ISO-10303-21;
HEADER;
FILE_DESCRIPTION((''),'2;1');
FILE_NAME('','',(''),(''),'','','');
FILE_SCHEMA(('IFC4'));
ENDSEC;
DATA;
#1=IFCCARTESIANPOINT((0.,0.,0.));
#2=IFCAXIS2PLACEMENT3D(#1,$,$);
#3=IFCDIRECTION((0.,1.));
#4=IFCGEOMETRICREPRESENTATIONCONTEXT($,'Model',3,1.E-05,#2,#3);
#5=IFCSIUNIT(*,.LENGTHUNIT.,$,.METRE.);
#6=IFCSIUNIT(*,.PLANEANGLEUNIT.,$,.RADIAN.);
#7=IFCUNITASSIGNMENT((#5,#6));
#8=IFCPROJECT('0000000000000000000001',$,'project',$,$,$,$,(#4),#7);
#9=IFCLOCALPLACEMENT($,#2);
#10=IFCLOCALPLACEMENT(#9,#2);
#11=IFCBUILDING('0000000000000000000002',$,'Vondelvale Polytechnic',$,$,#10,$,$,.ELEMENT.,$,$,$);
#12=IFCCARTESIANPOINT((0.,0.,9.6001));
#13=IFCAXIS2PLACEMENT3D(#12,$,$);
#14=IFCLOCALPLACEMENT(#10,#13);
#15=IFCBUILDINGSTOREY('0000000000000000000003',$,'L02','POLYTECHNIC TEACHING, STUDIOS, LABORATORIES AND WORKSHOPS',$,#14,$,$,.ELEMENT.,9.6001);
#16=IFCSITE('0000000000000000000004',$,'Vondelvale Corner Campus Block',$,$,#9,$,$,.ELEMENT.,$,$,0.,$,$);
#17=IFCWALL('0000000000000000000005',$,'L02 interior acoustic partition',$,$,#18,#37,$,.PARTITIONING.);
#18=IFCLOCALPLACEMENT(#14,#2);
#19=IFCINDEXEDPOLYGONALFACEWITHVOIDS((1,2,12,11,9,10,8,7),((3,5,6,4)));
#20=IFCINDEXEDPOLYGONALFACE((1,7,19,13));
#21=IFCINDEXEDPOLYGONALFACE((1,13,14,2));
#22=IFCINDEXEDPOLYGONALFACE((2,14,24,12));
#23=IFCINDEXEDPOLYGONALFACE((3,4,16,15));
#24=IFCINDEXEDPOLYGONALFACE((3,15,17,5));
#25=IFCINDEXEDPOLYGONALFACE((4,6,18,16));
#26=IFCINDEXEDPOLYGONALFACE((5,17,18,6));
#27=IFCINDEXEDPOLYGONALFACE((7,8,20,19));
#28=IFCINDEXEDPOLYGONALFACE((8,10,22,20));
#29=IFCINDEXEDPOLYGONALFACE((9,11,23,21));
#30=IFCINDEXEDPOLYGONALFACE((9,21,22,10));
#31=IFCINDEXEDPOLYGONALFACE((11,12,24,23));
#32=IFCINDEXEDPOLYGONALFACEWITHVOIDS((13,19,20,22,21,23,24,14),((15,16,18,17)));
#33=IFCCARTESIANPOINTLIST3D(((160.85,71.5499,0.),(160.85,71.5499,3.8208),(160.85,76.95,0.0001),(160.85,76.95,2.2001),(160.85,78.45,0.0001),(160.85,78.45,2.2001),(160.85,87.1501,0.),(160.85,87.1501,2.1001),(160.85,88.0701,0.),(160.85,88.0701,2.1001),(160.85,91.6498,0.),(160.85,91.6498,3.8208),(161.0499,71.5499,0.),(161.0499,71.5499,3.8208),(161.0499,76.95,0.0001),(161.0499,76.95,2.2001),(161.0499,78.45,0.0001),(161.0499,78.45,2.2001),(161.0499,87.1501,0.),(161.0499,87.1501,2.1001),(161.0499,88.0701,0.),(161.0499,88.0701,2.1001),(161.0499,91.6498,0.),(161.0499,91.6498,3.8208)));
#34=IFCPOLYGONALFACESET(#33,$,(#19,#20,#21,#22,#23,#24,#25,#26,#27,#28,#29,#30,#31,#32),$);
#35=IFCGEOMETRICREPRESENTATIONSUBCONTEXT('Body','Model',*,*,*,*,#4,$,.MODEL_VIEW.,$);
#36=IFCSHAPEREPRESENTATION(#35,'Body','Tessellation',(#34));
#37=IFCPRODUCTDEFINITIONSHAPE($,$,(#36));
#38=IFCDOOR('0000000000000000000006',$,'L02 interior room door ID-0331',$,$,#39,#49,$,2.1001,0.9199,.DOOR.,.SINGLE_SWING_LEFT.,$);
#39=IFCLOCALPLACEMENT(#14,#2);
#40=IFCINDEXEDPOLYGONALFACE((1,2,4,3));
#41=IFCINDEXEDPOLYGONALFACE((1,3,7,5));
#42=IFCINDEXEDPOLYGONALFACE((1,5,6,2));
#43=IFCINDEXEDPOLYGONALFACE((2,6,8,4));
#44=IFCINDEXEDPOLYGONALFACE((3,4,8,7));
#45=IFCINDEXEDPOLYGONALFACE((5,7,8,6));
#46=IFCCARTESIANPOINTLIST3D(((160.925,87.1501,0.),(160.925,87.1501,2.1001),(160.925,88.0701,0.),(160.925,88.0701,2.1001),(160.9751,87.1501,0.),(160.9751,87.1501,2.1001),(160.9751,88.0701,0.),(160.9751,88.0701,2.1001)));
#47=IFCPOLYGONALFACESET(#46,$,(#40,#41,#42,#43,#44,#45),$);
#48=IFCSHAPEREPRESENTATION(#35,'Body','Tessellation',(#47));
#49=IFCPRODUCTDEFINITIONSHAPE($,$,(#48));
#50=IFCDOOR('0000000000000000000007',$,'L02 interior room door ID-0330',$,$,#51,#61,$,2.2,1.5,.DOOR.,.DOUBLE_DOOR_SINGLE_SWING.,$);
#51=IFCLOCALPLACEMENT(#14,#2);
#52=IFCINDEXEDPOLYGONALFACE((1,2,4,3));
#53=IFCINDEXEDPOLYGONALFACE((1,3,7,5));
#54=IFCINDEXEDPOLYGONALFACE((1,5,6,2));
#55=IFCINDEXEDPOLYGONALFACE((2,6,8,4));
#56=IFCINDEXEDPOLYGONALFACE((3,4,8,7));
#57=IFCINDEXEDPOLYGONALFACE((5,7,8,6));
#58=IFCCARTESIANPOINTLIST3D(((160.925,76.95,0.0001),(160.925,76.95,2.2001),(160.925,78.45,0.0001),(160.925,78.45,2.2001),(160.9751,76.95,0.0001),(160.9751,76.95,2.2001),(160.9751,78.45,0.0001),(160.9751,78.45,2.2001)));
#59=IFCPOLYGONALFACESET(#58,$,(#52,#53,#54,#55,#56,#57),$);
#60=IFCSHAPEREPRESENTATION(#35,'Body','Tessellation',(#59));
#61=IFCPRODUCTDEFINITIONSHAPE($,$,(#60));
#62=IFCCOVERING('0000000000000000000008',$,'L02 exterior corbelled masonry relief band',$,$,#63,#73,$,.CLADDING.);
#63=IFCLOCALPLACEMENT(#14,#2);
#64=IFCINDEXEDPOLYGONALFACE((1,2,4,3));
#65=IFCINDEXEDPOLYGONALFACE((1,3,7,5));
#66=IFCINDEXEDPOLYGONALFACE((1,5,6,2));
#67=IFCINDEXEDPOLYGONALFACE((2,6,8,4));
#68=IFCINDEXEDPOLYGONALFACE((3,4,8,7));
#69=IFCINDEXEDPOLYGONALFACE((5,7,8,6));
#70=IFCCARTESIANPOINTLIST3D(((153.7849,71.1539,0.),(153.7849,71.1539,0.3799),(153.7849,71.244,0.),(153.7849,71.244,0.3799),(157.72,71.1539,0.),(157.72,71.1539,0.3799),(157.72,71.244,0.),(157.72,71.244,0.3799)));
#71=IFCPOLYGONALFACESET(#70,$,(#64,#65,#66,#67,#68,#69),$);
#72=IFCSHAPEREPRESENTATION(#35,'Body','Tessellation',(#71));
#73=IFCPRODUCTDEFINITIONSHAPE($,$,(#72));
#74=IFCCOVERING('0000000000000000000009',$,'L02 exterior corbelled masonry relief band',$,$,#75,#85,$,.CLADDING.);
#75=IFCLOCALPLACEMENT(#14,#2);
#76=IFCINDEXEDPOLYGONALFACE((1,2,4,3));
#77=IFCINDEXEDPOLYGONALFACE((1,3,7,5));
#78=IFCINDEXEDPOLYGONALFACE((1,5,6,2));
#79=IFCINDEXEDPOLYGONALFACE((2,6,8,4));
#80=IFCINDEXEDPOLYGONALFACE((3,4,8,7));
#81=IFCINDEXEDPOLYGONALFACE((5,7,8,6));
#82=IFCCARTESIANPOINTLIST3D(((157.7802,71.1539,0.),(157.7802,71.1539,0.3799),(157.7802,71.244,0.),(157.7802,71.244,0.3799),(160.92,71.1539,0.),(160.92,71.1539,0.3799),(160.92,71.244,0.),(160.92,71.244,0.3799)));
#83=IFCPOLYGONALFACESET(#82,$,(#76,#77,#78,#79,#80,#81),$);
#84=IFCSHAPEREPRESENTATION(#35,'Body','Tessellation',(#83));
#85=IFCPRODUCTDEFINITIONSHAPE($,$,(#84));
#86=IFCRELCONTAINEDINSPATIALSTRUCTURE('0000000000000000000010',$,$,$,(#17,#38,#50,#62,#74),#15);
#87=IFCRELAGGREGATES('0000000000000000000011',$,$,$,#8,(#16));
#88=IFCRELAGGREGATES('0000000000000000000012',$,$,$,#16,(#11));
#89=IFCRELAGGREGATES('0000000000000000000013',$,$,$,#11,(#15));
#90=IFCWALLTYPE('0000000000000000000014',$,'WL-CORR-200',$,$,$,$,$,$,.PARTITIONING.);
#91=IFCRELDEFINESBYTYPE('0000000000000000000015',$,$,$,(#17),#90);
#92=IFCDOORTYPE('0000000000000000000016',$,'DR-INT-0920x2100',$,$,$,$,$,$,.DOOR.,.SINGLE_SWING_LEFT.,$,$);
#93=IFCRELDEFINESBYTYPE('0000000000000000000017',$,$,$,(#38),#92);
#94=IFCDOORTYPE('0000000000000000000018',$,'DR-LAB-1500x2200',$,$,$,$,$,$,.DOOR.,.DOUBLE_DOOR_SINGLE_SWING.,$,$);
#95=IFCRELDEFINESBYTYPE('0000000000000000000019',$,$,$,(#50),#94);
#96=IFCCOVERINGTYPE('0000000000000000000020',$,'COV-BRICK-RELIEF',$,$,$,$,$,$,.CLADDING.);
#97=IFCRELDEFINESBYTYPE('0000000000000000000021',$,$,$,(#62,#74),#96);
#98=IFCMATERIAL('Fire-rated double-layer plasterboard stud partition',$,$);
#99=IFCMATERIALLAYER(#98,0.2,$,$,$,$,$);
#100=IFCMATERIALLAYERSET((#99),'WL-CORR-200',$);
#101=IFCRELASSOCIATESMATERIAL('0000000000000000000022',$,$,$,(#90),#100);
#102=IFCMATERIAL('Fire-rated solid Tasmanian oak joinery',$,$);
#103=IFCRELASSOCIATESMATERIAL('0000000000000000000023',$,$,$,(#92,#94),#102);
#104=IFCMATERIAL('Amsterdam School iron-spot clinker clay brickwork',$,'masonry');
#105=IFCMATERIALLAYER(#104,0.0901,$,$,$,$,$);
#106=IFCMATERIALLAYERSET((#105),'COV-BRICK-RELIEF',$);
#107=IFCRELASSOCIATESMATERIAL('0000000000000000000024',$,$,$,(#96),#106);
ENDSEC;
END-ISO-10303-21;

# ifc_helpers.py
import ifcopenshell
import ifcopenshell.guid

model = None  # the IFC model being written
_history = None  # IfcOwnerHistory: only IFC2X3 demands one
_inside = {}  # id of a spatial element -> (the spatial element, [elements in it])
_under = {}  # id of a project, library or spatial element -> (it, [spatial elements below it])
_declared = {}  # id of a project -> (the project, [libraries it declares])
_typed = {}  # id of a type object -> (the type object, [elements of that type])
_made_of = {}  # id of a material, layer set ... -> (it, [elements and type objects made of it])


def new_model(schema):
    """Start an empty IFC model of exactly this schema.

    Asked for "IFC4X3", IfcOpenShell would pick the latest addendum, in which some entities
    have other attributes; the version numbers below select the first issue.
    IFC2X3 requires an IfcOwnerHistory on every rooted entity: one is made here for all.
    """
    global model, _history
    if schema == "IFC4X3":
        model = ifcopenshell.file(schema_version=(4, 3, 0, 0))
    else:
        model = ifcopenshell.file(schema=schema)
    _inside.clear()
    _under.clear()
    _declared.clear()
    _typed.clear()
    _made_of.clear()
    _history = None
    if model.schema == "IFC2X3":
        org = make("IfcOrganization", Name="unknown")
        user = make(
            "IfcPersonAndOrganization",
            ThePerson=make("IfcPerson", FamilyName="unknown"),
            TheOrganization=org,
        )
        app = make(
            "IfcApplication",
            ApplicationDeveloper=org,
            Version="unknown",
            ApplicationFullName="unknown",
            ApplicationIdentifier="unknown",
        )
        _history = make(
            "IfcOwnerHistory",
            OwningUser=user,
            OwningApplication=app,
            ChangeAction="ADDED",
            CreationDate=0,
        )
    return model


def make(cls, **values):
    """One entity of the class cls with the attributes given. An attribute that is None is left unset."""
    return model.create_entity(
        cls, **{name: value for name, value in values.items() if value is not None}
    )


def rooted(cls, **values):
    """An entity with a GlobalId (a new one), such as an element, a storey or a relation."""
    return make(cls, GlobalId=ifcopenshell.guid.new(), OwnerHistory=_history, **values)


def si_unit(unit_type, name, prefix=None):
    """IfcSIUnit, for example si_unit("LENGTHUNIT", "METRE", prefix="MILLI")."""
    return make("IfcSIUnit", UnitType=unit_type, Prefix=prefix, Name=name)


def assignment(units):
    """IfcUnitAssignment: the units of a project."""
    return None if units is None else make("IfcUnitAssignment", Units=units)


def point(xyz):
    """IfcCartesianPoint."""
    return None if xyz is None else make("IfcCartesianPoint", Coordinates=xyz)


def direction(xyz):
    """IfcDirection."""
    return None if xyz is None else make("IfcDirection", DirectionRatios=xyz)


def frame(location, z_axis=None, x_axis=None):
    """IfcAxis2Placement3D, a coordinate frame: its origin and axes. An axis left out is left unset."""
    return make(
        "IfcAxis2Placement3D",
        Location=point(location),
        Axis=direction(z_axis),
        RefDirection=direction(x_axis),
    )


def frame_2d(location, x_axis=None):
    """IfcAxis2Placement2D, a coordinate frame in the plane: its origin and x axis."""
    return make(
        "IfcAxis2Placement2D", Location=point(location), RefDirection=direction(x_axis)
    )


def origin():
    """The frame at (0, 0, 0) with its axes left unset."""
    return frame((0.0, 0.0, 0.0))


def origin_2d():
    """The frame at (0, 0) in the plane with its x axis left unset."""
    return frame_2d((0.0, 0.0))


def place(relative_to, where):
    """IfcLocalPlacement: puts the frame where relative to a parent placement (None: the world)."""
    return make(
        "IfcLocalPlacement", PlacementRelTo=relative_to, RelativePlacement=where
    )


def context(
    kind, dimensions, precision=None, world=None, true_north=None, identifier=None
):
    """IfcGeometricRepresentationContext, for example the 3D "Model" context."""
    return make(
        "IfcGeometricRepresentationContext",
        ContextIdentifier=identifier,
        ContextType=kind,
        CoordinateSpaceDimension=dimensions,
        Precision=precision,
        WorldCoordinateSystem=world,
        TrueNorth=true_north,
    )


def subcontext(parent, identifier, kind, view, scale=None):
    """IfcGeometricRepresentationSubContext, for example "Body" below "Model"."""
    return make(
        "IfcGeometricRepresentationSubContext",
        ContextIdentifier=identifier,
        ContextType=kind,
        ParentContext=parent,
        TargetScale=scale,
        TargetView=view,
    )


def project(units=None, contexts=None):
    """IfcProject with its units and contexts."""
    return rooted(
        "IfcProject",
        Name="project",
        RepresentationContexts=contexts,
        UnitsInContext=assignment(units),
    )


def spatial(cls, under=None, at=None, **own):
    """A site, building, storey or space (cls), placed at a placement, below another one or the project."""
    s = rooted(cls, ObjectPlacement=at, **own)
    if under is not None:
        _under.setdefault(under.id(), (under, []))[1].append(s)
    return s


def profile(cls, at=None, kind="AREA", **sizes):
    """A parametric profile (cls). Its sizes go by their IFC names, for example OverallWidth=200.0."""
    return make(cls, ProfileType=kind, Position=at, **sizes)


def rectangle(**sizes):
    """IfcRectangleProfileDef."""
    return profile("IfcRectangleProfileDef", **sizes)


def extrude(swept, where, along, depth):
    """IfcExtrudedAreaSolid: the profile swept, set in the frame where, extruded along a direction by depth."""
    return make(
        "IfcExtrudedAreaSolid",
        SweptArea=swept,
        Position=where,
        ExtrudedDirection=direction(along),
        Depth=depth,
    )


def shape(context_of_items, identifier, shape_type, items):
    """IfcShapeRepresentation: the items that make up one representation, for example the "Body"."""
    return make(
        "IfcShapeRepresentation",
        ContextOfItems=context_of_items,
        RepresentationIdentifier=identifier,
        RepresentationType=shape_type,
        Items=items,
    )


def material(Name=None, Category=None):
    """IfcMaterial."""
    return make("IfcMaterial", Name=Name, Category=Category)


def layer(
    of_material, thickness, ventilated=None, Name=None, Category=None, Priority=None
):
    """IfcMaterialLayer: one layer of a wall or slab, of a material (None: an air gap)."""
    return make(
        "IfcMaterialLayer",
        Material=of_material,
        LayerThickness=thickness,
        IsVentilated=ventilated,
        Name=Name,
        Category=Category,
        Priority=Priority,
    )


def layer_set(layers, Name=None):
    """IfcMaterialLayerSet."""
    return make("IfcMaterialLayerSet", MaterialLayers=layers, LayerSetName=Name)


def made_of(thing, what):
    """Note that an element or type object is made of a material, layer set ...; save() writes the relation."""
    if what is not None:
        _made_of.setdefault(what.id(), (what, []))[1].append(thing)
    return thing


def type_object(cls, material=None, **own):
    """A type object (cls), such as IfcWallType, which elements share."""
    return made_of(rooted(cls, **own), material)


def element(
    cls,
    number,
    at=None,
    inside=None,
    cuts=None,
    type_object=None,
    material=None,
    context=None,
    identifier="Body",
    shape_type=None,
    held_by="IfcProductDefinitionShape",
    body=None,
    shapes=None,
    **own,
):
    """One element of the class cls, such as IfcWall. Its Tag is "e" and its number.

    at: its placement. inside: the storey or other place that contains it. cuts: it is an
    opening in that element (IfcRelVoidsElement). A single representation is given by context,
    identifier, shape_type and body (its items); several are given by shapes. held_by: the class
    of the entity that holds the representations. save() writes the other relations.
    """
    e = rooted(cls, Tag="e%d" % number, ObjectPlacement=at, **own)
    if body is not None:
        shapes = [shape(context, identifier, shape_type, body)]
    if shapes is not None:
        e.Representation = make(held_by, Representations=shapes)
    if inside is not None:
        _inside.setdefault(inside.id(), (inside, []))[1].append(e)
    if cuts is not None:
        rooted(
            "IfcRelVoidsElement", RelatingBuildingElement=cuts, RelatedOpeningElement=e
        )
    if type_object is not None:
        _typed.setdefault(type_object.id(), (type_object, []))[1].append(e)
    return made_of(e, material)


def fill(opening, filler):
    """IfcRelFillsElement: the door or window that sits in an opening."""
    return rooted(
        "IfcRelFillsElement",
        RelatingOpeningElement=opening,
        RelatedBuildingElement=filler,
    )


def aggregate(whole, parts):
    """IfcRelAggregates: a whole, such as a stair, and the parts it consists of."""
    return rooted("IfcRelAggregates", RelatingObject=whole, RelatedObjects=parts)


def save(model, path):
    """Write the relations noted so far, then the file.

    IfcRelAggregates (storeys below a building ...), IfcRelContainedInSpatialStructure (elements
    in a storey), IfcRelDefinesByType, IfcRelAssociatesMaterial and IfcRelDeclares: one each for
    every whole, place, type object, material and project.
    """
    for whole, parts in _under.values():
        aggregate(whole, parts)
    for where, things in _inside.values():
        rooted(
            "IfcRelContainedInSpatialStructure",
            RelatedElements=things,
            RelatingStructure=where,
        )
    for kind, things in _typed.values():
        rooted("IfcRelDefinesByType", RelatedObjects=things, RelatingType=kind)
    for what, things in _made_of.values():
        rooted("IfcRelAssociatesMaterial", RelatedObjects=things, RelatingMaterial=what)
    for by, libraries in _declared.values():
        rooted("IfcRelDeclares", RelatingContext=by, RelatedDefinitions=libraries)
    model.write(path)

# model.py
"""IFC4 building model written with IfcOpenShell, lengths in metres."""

from ifc_helpers import new_model, si_unit, direction, frame, frame_2d, origin, origin_2d, place, context, subcontext, project, spatial, rectangle, extrude, material, layer, layer_set, type_object, element, fill, save


model = new_model("IFC4")

# Units and contexts
model_context = context("Model", 3, precision=1e-05, world=origin(), true_north=direction((0.0, 1.0)))
body_context = subcontext(model_context, "Body", "Model", "MODEL_VIEW")
ifc_project = project(units=[si_unit("LENGTHUNIT", "METRE"), si_unit("PLANEANGLEUNIT", "RADIAN")], contexts=[model_context])

# Site, building, storey
site_placement = place(None, origin())
site = spatial("IfcSite", under=ifc_project, at=site_placement, Name="Vondelvale Corner Campus Block", CompositionType="ELEMENT", RefElevation=0.0)
building_placement = place(site_placement, origin())
building = spatial("IfcBuilding", under=site, at=building_placement, Name="Vondelvale Polytechnic", CompositionType="ELEMENT")
storey_placement = place(building_placement, frame((0.0, 0.0, 9.6001)))
storey = spatial("IfcBuildingStorey", under=building, at=storey_placement, Name="L02", Description="POLYTECHNIC TEACHING, STUDIOS, LABORATORIES AND WORKSHOPS", CompositionType="ELEMENT", Elevation=9.6001)

# Shared definitions
ifc_material_1 = material(Name="Amsterdam School iron-spot clinker clay brickwork", Category="masonry")

# Wall, openings, doors
ifc_material_2 = material(Name="Fire-rated double-layer plasterboard stud partition")
ifc_layer_1 = layer(ifc_material_2, 0.2)
ifc_layer_set_1 = layer_set([ifc_layer_1], Name="WL-CORR-200")
wall_type_1 = type_object("IfcWallType", Name="WL-CORR-200", PredefinedType="PARTITIONING", material=ifc_layer_set_1)
wall_1_placement = place(storey_placement, frame((160.95, 71.55, 0.0), z_axis=(0.0, 0.0, 1.0), x_axis=(0.0, 1.0, 0.0)))
wall_1 = element("IfcWall", 1, at=wall_1_placement, inside=storey, type_object=wall_type_1, Name="L02 interior acoustic partition", PredefinedType="PARTITIONING", context=body_context, shape_type="SweptSolid", body=[
    extrude(rectangle(XDim=20.0999, YDim=0.2, at=frame_2d((10.0498, 0.0))), origin(), (0.0, 0.0, 1.0), 3.8208),
])
opening_1_placement = place(wall_1_placement, frame((5.3999, 0.0, 0.0)))
opening_1 = element("IfcOpeningElement", 2, at=opening_1_placement, cuts=wall_1, PredefinedType="OPENING", context=body_context, shape_type="SweptSolid", body=[
    extrude(rectangle(XDim=1.5, YDim=2.2, at=frame_2d((0.75, 1.1001))), frame((0.0, 0.1099, 0.0), z_axis=(0.0, -1.0, 0.0), x_axis=(1.0, 0.0, 0.0)), (0.0, 0.0, 1.0), 0.22),
])
opening_2_placement = place(wall_1_placement, frame((15.6001, 0.0, 0.0)))
opening_2 = element("IfcOpeningElement", 3, at=opening_2_placement, cuts=wall_1, PredefinedType="OPENING", context=body_context, shape_type="SweptSolid", body=[
    extrude(rectangle(XDim=0.9199, YDim=2.1001, at=frame_2d((0.46, 1.05))), frame((0.0, 0.1099, 0.0), z_axis=(0.0, -1.0, 0.0), x_axis=(1.0, 0.0, 0.0)), (0.0, 0.0, 1.0), 0.22),
])
ifc_material_3 = material(Name="Fire-rated solid Tasmanian oak joinery")
door_type_1 = type_object("IfcDoorType", Name="DR-INT-0920x2100", OperationType="SINGLE_SWING_LEFT", PredefinedType="DOOR", material=ifc_material_3)
door_1_placement = place(opening_2_placement, origin())
door_1 = element("IfcDoor", 4, at=door_1_placement, inside=storey, type_object=door_type_1, Name="L02 interior room door ID-0331", OperationType="SINGLE_SWING_LEFT", OverallHeight=2.1001, OverallWidth=0.9199, PredefinedType="DOOR", context=body_context, shape_type="SweptSolid", body=[
    extrude(rectangle(XDim=0.9199, YDim=2.1001, at=frame_2d((0.46, 1.05))), frame((0.0, 0.0249, 0.0), z_axis=(0.0, -1.0, 0.0), x_axis=(1.0, 0.0, 0.0)), (0.0, 0.0, 1.0), 0.05),
])
fill(opening_2, door_1)
door_type_2 = type_object("IfcDoorType", Name="DR-LAB-1500x2200", OperationType="DOUBLE_DOOR_SINGLE_SWING", PredefinedType="DOOR", material=ifc_material_3)
door_2_placement = place(opening_1_placement, origin())
door_2 = element("IfcDoor", 5, at=door_2_placement, inside=storey, type_object=door_type_2, Name="L02 interior room door ID-0330", OperationType="DOUBLE_DOOR_SINGLE_SWING", OverallHeight=2.2, OverallWidth=1.5, PredefinedType="DOOR", context=body_context, shape_type="SweptSolid", body=[
    extrude(rectangle(XDim=1.5, YDim=2.2, at=frame_2d((0.75, 1.1001))), frame((0.0, 0.0249, 0.0), z_axis=(0.0, -1.0, 0.0), x_axis=(1.0, 0.0, 0.0)), (0.0, 0.0, 1.0), 0.05),
])
fill(opening_1, door_2)

# Coverings
ifc_layer_2 = layer(ifc_material_1, 0.0901)
ifc_layer_set_2 = layer_set([ifc_layer_2], Name="COV-BRICK-RELIEF")
covering_type = type_object("IfcCoveringType", Name="COV-BRICK-RELIEF", PredefinedType="CLADDING", material=ifc_layer_set_2)
covering_1_placement = place(storey_placement, frame((155.7524, 71.199, 0.0), z_axis=(0.0, 0.0, 1.0), x_axis=(-1.0, 0.0, 0.0)))
element("IfcCovering", 6, at=covering_1_placement, inside=storey, type_object=covering_type, Name="L02 exterior corbelled masonry relief band", PredefinedType="CLADDING", context=body_context, shape_type="SweptSolid", body=[
    extrude(rectangle(XDim=3.9351, YDim=0.0901, at=origin_2d()), origin(), (0.0, 0.0, 1.0), 0.3799),
])
covering_2_placement = place(storey_placement, frame((159.3501, 71.199, 0.0), z_axis=(0.0, 0.0, 1.0), x_axis=(-1.0, 0.0, 0.0)))
element("IfcCovering", 7, at=covering_2_placement, inside=storey, type_object=covering_type, Name="L02 exterior corbelled masonry relief band", PredefinedType="CLADDING", context=body_context, shape_type="SweptSolid", body=[
    extrude(rectangle(XDim=3.1399, YDim=0.0901, at=origin_2d()), origin(), (0.0, 0.0, 1.0), 0.3799),
])

save(model, "model.ifc")
